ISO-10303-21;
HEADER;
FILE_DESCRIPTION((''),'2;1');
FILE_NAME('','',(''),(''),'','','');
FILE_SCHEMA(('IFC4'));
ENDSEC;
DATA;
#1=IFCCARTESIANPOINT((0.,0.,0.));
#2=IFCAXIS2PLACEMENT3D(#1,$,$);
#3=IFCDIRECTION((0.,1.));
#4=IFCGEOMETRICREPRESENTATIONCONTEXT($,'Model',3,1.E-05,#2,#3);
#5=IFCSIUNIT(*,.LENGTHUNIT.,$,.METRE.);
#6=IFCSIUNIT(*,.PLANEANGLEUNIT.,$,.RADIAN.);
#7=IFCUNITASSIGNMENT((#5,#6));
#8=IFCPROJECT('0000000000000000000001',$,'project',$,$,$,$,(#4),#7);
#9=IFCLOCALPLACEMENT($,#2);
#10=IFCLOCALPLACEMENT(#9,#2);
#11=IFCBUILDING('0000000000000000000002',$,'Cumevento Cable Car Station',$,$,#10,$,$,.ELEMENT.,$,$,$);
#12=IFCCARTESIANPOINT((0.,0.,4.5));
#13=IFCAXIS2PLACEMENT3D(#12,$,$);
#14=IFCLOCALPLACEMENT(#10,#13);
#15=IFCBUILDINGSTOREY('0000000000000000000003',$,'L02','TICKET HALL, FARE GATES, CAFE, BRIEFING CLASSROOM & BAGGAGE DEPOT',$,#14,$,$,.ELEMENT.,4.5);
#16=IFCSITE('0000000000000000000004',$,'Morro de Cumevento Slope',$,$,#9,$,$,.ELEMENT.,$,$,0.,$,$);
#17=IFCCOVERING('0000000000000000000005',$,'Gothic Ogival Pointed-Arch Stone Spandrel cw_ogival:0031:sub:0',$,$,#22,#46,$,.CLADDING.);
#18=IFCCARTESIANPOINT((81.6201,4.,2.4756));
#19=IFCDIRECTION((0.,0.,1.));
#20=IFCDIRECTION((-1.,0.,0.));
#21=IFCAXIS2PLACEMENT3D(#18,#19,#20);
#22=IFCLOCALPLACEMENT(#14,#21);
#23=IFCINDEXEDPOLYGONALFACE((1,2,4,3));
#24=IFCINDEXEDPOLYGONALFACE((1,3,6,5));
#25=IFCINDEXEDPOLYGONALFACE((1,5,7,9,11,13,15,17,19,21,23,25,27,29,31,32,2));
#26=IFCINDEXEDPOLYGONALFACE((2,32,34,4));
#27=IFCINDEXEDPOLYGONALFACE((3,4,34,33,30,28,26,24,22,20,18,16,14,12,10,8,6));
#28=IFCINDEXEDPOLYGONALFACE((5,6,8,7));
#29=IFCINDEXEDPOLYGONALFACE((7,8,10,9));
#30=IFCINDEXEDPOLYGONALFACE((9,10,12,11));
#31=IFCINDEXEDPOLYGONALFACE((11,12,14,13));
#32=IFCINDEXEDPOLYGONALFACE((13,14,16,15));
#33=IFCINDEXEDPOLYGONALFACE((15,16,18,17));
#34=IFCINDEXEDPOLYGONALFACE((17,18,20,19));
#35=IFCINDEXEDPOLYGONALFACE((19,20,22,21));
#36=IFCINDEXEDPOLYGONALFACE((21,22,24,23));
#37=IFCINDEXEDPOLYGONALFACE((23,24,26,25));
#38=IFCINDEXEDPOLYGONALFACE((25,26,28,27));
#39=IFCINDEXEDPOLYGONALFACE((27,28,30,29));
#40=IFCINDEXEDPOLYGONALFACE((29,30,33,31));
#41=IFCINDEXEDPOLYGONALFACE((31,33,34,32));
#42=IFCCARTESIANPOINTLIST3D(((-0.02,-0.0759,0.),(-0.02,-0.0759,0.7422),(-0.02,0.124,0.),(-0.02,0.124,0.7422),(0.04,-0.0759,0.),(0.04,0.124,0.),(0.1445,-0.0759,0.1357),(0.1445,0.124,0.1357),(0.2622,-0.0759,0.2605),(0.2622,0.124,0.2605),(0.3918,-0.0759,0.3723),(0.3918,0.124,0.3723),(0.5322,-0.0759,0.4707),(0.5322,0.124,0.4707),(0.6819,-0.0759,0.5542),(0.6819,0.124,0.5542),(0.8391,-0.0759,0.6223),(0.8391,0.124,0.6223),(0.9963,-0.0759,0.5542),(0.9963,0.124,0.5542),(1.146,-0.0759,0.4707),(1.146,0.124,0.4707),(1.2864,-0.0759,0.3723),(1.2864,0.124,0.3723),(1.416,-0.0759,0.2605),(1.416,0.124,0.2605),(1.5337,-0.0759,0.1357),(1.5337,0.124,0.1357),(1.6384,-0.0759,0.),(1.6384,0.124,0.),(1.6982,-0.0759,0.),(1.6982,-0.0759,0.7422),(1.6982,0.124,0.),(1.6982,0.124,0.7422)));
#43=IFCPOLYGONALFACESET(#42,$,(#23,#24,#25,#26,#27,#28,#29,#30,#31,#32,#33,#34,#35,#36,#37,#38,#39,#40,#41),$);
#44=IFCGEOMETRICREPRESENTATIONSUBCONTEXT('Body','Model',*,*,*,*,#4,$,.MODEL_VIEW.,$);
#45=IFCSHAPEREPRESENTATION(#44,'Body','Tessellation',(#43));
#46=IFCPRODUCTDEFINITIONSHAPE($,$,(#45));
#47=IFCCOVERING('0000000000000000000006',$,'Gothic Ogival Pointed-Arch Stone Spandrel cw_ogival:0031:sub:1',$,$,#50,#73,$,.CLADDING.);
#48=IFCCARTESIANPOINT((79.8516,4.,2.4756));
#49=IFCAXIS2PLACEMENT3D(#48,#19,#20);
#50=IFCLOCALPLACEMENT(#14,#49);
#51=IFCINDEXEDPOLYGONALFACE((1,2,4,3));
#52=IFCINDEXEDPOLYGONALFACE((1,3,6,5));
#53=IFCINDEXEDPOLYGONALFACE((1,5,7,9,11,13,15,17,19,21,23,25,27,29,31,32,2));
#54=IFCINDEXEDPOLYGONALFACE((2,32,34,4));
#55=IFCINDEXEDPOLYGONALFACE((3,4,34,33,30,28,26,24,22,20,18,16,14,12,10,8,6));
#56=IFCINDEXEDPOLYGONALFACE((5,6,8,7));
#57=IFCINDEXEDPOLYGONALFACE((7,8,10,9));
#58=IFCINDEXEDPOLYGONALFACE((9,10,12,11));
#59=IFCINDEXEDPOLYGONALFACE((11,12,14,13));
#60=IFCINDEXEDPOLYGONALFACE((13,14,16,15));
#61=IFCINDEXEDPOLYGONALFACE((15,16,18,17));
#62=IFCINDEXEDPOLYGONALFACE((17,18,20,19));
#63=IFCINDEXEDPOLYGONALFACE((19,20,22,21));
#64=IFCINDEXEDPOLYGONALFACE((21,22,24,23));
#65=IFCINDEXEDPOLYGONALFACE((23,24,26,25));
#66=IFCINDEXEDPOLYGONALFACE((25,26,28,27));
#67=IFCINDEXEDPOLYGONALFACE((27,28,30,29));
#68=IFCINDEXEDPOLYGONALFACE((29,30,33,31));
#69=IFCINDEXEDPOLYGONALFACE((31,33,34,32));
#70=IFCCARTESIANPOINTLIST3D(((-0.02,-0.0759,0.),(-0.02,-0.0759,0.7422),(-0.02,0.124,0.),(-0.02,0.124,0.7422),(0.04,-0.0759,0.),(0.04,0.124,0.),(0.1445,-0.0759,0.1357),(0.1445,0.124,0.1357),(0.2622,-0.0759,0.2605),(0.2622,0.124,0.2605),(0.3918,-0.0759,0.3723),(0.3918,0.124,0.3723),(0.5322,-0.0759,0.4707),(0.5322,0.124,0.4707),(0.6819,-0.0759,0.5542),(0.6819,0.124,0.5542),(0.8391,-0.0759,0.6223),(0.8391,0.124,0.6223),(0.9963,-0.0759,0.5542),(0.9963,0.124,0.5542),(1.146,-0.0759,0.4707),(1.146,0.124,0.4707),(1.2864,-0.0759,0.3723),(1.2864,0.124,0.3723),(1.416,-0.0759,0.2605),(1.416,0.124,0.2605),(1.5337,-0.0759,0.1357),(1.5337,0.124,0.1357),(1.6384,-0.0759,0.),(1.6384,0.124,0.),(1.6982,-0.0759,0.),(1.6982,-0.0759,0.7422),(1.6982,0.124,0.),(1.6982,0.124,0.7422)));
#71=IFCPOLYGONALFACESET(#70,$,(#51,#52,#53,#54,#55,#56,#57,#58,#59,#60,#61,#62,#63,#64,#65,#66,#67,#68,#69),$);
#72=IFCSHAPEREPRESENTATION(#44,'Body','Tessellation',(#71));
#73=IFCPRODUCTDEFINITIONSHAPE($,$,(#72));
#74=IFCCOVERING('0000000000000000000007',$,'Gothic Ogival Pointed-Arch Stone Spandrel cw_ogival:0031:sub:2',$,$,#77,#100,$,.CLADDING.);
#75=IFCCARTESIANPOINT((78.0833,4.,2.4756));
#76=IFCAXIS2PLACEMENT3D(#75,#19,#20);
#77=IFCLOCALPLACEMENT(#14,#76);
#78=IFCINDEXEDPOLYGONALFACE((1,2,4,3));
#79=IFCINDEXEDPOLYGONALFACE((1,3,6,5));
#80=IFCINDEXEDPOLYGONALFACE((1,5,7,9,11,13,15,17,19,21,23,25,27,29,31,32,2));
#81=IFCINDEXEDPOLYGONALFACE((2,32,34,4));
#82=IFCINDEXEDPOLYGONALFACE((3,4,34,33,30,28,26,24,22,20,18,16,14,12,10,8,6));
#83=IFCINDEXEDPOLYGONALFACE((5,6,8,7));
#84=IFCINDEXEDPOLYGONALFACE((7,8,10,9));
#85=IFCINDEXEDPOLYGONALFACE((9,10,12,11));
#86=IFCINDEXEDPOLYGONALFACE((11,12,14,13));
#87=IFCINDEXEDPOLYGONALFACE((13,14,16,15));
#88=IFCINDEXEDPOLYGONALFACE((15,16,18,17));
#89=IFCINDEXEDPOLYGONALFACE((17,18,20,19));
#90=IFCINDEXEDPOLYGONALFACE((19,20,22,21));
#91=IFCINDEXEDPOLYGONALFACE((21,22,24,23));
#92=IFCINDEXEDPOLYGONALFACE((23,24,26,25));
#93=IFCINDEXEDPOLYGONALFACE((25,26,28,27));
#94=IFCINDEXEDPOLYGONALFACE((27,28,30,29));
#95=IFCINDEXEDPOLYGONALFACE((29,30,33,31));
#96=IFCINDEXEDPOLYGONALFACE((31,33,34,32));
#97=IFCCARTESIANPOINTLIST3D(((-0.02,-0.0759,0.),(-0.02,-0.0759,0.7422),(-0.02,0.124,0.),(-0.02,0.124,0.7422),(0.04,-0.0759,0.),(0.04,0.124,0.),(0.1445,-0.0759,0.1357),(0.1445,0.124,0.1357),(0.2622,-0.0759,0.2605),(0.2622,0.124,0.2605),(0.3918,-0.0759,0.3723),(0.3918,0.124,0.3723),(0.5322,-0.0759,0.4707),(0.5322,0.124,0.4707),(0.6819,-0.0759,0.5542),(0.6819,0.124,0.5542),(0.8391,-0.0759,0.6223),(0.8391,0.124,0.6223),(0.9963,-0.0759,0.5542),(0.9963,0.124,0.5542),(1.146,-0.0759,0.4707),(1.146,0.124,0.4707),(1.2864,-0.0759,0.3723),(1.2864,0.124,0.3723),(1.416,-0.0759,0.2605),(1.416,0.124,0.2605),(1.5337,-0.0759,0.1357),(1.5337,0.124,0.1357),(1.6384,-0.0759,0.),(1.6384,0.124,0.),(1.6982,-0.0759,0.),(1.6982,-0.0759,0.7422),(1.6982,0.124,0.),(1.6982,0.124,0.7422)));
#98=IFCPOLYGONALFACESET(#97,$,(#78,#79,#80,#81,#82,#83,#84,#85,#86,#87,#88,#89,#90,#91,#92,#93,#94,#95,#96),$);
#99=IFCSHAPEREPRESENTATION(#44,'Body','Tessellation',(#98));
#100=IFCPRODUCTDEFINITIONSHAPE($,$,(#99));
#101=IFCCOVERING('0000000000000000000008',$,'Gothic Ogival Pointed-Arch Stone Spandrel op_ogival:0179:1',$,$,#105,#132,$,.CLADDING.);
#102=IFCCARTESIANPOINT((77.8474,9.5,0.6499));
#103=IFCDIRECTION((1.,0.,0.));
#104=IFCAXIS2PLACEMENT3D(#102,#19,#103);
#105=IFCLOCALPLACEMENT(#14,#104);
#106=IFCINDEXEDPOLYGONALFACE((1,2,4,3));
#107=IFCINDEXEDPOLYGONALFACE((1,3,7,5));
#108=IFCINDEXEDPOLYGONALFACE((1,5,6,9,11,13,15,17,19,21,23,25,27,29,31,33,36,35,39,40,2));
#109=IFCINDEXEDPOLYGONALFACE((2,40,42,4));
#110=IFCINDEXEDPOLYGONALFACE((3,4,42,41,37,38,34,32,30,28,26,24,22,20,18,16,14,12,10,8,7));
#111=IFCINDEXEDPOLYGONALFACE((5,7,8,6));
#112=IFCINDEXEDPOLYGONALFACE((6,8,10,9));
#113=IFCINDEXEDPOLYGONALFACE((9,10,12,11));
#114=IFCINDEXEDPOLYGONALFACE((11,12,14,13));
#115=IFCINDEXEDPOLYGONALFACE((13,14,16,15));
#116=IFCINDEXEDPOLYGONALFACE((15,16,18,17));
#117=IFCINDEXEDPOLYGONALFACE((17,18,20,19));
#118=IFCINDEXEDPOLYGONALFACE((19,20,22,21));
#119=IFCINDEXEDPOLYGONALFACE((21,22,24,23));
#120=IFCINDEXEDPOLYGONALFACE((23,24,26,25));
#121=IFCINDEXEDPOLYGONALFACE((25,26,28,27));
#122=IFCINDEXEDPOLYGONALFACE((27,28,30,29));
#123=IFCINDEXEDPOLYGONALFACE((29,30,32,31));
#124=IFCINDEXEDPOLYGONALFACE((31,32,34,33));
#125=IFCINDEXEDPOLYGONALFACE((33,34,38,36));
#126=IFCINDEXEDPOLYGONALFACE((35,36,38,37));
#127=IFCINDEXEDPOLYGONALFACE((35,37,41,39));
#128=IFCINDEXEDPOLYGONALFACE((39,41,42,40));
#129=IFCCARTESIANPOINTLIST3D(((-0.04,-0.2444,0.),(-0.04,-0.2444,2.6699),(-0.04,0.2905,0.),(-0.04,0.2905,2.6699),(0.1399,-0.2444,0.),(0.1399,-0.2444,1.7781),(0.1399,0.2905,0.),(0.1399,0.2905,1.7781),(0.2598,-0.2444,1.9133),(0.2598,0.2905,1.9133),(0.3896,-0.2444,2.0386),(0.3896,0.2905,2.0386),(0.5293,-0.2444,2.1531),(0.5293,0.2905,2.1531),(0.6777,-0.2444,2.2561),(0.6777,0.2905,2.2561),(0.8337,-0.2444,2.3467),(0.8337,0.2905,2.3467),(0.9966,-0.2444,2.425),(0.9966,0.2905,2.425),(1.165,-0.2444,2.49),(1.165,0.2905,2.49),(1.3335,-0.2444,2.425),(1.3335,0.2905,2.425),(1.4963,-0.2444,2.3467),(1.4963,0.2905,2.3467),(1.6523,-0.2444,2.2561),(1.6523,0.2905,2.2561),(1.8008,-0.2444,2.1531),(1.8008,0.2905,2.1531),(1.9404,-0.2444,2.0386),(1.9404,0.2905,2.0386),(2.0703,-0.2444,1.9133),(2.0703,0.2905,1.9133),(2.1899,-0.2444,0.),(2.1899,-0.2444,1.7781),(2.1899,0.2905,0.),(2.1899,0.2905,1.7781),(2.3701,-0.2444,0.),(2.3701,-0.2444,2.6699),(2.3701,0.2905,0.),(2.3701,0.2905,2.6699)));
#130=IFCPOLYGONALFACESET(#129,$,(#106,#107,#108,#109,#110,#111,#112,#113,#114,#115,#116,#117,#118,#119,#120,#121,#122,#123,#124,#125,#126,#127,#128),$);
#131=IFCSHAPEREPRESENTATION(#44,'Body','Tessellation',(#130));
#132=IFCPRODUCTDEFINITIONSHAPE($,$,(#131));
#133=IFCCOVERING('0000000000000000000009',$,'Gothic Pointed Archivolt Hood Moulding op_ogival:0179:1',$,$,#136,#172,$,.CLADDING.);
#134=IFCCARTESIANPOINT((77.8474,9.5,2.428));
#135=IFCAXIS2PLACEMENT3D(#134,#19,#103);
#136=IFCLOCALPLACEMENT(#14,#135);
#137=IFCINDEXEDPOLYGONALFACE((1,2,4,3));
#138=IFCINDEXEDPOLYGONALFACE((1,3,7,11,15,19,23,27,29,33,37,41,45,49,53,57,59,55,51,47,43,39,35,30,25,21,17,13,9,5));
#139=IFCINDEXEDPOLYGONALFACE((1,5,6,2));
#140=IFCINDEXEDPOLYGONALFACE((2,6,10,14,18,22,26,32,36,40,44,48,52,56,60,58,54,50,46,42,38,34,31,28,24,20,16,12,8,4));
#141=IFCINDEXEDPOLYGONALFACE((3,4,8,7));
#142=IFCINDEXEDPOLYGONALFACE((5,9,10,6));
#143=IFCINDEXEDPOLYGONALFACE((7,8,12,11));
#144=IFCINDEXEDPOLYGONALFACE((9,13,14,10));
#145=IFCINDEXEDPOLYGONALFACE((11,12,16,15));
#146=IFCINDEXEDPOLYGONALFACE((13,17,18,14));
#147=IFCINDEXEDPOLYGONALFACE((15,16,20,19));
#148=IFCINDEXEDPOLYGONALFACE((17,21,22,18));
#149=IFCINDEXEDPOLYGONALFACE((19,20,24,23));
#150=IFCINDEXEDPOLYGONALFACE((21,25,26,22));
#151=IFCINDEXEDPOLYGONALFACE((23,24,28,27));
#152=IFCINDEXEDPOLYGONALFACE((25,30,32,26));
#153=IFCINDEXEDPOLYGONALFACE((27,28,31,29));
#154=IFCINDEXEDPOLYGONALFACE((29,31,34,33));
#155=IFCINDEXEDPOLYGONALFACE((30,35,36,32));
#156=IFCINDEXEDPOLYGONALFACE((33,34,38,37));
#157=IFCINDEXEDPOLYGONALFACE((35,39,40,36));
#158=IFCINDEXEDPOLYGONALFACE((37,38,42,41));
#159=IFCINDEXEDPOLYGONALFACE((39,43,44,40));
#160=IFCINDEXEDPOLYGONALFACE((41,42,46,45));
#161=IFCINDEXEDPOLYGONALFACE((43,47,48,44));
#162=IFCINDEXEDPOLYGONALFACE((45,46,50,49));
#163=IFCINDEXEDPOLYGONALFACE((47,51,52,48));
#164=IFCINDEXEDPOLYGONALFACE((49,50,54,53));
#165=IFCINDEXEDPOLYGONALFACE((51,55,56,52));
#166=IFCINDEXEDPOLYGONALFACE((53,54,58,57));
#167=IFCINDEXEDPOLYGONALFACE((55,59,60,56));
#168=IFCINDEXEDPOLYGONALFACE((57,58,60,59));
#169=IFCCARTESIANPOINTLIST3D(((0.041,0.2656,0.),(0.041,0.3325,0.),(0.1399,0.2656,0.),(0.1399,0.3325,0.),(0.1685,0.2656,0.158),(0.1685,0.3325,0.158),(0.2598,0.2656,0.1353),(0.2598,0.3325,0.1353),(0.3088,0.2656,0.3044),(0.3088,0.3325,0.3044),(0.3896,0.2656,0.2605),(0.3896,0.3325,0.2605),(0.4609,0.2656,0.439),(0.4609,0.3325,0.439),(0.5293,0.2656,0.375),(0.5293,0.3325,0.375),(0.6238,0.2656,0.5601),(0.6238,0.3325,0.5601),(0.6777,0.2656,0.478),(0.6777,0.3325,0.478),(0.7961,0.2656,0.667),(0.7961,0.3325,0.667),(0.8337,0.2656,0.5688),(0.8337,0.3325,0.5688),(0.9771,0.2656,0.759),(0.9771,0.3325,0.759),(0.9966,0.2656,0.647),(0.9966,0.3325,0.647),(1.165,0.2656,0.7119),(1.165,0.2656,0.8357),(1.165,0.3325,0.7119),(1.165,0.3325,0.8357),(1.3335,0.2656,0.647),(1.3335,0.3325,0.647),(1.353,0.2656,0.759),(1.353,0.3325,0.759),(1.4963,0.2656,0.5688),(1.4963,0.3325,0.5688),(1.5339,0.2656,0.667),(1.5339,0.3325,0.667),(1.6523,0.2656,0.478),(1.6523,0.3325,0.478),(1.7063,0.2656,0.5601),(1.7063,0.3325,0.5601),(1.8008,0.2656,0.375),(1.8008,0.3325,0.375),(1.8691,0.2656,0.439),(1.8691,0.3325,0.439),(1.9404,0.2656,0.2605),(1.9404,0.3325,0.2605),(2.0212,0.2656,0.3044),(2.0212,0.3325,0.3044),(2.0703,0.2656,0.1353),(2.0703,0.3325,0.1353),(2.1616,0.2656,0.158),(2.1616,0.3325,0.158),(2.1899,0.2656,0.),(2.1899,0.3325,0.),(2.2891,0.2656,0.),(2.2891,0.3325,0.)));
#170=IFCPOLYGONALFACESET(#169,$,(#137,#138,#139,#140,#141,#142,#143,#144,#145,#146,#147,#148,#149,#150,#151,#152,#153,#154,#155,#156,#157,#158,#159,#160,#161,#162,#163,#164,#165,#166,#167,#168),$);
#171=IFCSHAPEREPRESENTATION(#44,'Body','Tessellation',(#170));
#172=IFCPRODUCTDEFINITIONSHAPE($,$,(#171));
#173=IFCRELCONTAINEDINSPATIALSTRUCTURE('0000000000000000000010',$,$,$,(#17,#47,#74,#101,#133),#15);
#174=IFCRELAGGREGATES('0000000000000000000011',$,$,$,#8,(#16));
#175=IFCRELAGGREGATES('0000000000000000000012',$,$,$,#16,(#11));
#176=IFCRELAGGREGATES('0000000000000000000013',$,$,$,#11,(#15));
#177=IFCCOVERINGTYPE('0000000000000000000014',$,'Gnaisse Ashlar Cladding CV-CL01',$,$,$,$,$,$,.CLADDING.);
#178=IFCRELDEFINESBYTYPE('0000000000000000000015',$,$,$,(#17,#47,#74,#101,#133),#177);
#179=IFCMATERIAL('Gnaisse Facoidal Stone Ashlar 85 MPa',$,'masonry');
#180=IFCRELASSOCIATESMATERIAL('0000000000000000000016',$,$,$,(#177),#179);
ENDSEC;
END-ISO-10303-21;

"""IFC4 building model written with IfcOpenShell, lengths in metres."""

from ifc_helpers import new_model, si_unit, direction, frame, origin, place, context, subcontext, project, spatial, polyline, outline, extrude, material, type_object, element, save


model = new_model("IFC4")

# Units and contexts
model_context = context("Model", 3, precision=1e-05, world=origin(), true_north=direction((0.0, 1.0)))
body_context = subcontext(model_context, "Body", "Model", "MODEL_VIEW")
ifc_project = project(units=[si_unit("LENGTHUNIT", "METRE"), si_unit("PLANEANGLEUNIT", "RADIAN")], contexts=[model_context])

# Site, building, storey
site_placement = place(None, origin())
site = spatial("IfcSite", under=ifc_project, at=site_placement, Name="Morro de Cumevento Slope", CompositionType="ELEMENT", RefElevation=0.0)
building_placement = place(site_placement, origin())
building = spatial("IfcBuilding", under=site, at=building_placement, Name="Cumevento Cable Car Station", CompositionType="ELEMENT")
storey_placement = place(building_placement, frame((0.0, 0.0, 4.5)))
storey = spatial("IfcBuildingStorey", under=building, at=storey_placement, Name="L02", Description="TICKET HALL, FARE GATES, CAFE, BRIEFING CLASSROOM & BAGGAGE DEPOT", CompositionType="ELEMENT", Elevation=4.5)

# Coverings
ifc_material_1 = material(Name="Gnaisse Facoidal Stone Ashlar 85 MPa", Category="masonry")
covering_type = type_object("IfcCoveringType", Name="Gnaisse Ashlar Cladding CV-CL01", PredefinedType="CLADDING", material=ifc_material_1)
for number, where, z_axis, x_axis, name in (
    (1, (81.6201, 4.0, 2.4756), (0.0, 0.0, 1.0), (-1.0, 0.0, 0.0), "Gothic Ogival Pointed-Arch Stone Spandrel cw_ogival:0031:sub:0"),
    (2, (79.8516, 4.0, 2.4756), (0.0, 0.0, 1.0), (-1.0, 0.0, 0.0), "Gothic Ogival Pointed-Arch Stone Spandrel cw_ogival:0031:sub:1"),
    (3, (78.0833, 4.0, 2.4756), (0.0, 0.0, 1.0), (-1.0, 0.0, 0.0), "Gothic Ogival Pointed-Arch Stone Spandrel cw_ogival:0031:sub:2"),
):
    element("IfcCovering", number, at=place(storey_placement, frame(where, z_axis=z_axis, x_axis=x_axis)), inside=storey, type_object=covering_type, Name=name, PredefinedType="CLADDING", context=body_context, shape_type="SweptSolid", body=[
        extrude(outline(polyline([(-0.02, 0.0), (-0.02, 0.7422), (1.6982, 0.7422), (1.6982, 0.0), (1.6384, 0.0), (1.5337, 0.1357), (1.416, 0.2605), (1.2864, 0.3723), (1.146, 0.4707), (0.9963, 0.5542), (0.8391, 0.6223), (0.6819, 0.5542), (0.5322, 0.4707), (0.3918, 0.3723), (0.2622, 0.2605), (0.1445, 0.1357), (0.04, 0.0), (-0.02, 0.0)])), frame((0.0, 0.124, 0.0), z_axis=(0.0, -1.0, 0.0), x_axis=(1.0, 0.0, 0.0)), (0.0, 0.0, 1.0), 0.2),
    ])
covering_1_placement = place(storey_placement, frame((77.8474, 9.5, 0.6499), z_axis=(0.0, 0.0, 1.0), x_axis=(1.0, 0.0, 0.0)))
element("IfcCovering", 4, at=covering_1_placement, inside=storey, type_object=covering_type, Name="Gothic Ogival Pointed-Arch Stone Spandrel op_ogival:0179:1", PredefinedType="CLADDING", context=body_context, shape_type="SweptSolid", body=[
    extrude(outline(polyline([(-0.04, 0.0), (-0.04, 2.6699), (2.3701, 2.6699), (2.3701, 0.0), (2.1899, 0.0), (2.1899, 1.7781), (2.0703, 1.9133), (1.9404, 2.0386), (1.8008, 2.1531), (1.6523, 2.2561), (1.4963, 2.3467), (1.3335, 2.425), (1.165, 2.49), (0.9966, 2.425), (0.8337, 2.3467), (0.6777, 2.2561), (0.5293, 2.1531), (0.3896, 2.0386), (0.2598, 1.9133), (0.1399, 1.7781), (0.1399, 0.0), (-0.04, 0.0)])), frame((0.0, 0.2905, 0.0), z_axis=(0.0, -1.0, 0.0), x_axis=(1.0, 0.0, 0.0)), (0.0, 0.0, 1.0), 0.5349),
])
covering_2_placement = place(storey_placement, frame((77.8474, 9.5, 2.428), z_axis=(0.0, 0.0, 1.0), x_axis=(1.0, 0.0, 0.0)))
element("IfcCovering", 5, at=covering_2_placement, inside=storey, type_object=covering_type, Name="Gothic Pointed Archivolt Hood Moulding op_ogival:0179:1", PredefinedType="CLADDING", context=body_context, shape_type="SweptSolid", body=[
    extrude(outline(polyline([(0.1399, 0.0), (0.2598, 0.1353), (0.3896, 0.2605), (0.5293, 0.375), (0.6777, 0.478), (0.8337, 0.5688), (0.9966, 0.647), (1.165, 0.7119), (1.3335, 0.647), (1.4963, 0.5688), (1.6523, 0.478), (1.8008, 0.375), (1.9404, 0.2605), (2.0703, 0.1353), (2.1899, 0.0), (2.2891, 0.0), (2.1616, 0.158), (2.0212, 0.3044), (1.8691, 0.439), (1.7063, 0.5601), (1.5339, 0.667), (1.353, 0.759), (1.165, 0.8357), (0.9771, 0.759), (0.7961, 0.667), (0.6238, 0.5601), (0.4609, 0.439), (0.3088, 0.3044), (0.1685, 0.158), (0.041, 0.0), (0.1399, 0.0)])), frame((0.0, 0.3325, 0.0), z_axis=(0.0, -1.0, 0.0), x_axis=(1.0, 0.0, 0.0)), (0.0, 0.0, 1.0), 0.0669),
])

save(model, "model.ifc")
